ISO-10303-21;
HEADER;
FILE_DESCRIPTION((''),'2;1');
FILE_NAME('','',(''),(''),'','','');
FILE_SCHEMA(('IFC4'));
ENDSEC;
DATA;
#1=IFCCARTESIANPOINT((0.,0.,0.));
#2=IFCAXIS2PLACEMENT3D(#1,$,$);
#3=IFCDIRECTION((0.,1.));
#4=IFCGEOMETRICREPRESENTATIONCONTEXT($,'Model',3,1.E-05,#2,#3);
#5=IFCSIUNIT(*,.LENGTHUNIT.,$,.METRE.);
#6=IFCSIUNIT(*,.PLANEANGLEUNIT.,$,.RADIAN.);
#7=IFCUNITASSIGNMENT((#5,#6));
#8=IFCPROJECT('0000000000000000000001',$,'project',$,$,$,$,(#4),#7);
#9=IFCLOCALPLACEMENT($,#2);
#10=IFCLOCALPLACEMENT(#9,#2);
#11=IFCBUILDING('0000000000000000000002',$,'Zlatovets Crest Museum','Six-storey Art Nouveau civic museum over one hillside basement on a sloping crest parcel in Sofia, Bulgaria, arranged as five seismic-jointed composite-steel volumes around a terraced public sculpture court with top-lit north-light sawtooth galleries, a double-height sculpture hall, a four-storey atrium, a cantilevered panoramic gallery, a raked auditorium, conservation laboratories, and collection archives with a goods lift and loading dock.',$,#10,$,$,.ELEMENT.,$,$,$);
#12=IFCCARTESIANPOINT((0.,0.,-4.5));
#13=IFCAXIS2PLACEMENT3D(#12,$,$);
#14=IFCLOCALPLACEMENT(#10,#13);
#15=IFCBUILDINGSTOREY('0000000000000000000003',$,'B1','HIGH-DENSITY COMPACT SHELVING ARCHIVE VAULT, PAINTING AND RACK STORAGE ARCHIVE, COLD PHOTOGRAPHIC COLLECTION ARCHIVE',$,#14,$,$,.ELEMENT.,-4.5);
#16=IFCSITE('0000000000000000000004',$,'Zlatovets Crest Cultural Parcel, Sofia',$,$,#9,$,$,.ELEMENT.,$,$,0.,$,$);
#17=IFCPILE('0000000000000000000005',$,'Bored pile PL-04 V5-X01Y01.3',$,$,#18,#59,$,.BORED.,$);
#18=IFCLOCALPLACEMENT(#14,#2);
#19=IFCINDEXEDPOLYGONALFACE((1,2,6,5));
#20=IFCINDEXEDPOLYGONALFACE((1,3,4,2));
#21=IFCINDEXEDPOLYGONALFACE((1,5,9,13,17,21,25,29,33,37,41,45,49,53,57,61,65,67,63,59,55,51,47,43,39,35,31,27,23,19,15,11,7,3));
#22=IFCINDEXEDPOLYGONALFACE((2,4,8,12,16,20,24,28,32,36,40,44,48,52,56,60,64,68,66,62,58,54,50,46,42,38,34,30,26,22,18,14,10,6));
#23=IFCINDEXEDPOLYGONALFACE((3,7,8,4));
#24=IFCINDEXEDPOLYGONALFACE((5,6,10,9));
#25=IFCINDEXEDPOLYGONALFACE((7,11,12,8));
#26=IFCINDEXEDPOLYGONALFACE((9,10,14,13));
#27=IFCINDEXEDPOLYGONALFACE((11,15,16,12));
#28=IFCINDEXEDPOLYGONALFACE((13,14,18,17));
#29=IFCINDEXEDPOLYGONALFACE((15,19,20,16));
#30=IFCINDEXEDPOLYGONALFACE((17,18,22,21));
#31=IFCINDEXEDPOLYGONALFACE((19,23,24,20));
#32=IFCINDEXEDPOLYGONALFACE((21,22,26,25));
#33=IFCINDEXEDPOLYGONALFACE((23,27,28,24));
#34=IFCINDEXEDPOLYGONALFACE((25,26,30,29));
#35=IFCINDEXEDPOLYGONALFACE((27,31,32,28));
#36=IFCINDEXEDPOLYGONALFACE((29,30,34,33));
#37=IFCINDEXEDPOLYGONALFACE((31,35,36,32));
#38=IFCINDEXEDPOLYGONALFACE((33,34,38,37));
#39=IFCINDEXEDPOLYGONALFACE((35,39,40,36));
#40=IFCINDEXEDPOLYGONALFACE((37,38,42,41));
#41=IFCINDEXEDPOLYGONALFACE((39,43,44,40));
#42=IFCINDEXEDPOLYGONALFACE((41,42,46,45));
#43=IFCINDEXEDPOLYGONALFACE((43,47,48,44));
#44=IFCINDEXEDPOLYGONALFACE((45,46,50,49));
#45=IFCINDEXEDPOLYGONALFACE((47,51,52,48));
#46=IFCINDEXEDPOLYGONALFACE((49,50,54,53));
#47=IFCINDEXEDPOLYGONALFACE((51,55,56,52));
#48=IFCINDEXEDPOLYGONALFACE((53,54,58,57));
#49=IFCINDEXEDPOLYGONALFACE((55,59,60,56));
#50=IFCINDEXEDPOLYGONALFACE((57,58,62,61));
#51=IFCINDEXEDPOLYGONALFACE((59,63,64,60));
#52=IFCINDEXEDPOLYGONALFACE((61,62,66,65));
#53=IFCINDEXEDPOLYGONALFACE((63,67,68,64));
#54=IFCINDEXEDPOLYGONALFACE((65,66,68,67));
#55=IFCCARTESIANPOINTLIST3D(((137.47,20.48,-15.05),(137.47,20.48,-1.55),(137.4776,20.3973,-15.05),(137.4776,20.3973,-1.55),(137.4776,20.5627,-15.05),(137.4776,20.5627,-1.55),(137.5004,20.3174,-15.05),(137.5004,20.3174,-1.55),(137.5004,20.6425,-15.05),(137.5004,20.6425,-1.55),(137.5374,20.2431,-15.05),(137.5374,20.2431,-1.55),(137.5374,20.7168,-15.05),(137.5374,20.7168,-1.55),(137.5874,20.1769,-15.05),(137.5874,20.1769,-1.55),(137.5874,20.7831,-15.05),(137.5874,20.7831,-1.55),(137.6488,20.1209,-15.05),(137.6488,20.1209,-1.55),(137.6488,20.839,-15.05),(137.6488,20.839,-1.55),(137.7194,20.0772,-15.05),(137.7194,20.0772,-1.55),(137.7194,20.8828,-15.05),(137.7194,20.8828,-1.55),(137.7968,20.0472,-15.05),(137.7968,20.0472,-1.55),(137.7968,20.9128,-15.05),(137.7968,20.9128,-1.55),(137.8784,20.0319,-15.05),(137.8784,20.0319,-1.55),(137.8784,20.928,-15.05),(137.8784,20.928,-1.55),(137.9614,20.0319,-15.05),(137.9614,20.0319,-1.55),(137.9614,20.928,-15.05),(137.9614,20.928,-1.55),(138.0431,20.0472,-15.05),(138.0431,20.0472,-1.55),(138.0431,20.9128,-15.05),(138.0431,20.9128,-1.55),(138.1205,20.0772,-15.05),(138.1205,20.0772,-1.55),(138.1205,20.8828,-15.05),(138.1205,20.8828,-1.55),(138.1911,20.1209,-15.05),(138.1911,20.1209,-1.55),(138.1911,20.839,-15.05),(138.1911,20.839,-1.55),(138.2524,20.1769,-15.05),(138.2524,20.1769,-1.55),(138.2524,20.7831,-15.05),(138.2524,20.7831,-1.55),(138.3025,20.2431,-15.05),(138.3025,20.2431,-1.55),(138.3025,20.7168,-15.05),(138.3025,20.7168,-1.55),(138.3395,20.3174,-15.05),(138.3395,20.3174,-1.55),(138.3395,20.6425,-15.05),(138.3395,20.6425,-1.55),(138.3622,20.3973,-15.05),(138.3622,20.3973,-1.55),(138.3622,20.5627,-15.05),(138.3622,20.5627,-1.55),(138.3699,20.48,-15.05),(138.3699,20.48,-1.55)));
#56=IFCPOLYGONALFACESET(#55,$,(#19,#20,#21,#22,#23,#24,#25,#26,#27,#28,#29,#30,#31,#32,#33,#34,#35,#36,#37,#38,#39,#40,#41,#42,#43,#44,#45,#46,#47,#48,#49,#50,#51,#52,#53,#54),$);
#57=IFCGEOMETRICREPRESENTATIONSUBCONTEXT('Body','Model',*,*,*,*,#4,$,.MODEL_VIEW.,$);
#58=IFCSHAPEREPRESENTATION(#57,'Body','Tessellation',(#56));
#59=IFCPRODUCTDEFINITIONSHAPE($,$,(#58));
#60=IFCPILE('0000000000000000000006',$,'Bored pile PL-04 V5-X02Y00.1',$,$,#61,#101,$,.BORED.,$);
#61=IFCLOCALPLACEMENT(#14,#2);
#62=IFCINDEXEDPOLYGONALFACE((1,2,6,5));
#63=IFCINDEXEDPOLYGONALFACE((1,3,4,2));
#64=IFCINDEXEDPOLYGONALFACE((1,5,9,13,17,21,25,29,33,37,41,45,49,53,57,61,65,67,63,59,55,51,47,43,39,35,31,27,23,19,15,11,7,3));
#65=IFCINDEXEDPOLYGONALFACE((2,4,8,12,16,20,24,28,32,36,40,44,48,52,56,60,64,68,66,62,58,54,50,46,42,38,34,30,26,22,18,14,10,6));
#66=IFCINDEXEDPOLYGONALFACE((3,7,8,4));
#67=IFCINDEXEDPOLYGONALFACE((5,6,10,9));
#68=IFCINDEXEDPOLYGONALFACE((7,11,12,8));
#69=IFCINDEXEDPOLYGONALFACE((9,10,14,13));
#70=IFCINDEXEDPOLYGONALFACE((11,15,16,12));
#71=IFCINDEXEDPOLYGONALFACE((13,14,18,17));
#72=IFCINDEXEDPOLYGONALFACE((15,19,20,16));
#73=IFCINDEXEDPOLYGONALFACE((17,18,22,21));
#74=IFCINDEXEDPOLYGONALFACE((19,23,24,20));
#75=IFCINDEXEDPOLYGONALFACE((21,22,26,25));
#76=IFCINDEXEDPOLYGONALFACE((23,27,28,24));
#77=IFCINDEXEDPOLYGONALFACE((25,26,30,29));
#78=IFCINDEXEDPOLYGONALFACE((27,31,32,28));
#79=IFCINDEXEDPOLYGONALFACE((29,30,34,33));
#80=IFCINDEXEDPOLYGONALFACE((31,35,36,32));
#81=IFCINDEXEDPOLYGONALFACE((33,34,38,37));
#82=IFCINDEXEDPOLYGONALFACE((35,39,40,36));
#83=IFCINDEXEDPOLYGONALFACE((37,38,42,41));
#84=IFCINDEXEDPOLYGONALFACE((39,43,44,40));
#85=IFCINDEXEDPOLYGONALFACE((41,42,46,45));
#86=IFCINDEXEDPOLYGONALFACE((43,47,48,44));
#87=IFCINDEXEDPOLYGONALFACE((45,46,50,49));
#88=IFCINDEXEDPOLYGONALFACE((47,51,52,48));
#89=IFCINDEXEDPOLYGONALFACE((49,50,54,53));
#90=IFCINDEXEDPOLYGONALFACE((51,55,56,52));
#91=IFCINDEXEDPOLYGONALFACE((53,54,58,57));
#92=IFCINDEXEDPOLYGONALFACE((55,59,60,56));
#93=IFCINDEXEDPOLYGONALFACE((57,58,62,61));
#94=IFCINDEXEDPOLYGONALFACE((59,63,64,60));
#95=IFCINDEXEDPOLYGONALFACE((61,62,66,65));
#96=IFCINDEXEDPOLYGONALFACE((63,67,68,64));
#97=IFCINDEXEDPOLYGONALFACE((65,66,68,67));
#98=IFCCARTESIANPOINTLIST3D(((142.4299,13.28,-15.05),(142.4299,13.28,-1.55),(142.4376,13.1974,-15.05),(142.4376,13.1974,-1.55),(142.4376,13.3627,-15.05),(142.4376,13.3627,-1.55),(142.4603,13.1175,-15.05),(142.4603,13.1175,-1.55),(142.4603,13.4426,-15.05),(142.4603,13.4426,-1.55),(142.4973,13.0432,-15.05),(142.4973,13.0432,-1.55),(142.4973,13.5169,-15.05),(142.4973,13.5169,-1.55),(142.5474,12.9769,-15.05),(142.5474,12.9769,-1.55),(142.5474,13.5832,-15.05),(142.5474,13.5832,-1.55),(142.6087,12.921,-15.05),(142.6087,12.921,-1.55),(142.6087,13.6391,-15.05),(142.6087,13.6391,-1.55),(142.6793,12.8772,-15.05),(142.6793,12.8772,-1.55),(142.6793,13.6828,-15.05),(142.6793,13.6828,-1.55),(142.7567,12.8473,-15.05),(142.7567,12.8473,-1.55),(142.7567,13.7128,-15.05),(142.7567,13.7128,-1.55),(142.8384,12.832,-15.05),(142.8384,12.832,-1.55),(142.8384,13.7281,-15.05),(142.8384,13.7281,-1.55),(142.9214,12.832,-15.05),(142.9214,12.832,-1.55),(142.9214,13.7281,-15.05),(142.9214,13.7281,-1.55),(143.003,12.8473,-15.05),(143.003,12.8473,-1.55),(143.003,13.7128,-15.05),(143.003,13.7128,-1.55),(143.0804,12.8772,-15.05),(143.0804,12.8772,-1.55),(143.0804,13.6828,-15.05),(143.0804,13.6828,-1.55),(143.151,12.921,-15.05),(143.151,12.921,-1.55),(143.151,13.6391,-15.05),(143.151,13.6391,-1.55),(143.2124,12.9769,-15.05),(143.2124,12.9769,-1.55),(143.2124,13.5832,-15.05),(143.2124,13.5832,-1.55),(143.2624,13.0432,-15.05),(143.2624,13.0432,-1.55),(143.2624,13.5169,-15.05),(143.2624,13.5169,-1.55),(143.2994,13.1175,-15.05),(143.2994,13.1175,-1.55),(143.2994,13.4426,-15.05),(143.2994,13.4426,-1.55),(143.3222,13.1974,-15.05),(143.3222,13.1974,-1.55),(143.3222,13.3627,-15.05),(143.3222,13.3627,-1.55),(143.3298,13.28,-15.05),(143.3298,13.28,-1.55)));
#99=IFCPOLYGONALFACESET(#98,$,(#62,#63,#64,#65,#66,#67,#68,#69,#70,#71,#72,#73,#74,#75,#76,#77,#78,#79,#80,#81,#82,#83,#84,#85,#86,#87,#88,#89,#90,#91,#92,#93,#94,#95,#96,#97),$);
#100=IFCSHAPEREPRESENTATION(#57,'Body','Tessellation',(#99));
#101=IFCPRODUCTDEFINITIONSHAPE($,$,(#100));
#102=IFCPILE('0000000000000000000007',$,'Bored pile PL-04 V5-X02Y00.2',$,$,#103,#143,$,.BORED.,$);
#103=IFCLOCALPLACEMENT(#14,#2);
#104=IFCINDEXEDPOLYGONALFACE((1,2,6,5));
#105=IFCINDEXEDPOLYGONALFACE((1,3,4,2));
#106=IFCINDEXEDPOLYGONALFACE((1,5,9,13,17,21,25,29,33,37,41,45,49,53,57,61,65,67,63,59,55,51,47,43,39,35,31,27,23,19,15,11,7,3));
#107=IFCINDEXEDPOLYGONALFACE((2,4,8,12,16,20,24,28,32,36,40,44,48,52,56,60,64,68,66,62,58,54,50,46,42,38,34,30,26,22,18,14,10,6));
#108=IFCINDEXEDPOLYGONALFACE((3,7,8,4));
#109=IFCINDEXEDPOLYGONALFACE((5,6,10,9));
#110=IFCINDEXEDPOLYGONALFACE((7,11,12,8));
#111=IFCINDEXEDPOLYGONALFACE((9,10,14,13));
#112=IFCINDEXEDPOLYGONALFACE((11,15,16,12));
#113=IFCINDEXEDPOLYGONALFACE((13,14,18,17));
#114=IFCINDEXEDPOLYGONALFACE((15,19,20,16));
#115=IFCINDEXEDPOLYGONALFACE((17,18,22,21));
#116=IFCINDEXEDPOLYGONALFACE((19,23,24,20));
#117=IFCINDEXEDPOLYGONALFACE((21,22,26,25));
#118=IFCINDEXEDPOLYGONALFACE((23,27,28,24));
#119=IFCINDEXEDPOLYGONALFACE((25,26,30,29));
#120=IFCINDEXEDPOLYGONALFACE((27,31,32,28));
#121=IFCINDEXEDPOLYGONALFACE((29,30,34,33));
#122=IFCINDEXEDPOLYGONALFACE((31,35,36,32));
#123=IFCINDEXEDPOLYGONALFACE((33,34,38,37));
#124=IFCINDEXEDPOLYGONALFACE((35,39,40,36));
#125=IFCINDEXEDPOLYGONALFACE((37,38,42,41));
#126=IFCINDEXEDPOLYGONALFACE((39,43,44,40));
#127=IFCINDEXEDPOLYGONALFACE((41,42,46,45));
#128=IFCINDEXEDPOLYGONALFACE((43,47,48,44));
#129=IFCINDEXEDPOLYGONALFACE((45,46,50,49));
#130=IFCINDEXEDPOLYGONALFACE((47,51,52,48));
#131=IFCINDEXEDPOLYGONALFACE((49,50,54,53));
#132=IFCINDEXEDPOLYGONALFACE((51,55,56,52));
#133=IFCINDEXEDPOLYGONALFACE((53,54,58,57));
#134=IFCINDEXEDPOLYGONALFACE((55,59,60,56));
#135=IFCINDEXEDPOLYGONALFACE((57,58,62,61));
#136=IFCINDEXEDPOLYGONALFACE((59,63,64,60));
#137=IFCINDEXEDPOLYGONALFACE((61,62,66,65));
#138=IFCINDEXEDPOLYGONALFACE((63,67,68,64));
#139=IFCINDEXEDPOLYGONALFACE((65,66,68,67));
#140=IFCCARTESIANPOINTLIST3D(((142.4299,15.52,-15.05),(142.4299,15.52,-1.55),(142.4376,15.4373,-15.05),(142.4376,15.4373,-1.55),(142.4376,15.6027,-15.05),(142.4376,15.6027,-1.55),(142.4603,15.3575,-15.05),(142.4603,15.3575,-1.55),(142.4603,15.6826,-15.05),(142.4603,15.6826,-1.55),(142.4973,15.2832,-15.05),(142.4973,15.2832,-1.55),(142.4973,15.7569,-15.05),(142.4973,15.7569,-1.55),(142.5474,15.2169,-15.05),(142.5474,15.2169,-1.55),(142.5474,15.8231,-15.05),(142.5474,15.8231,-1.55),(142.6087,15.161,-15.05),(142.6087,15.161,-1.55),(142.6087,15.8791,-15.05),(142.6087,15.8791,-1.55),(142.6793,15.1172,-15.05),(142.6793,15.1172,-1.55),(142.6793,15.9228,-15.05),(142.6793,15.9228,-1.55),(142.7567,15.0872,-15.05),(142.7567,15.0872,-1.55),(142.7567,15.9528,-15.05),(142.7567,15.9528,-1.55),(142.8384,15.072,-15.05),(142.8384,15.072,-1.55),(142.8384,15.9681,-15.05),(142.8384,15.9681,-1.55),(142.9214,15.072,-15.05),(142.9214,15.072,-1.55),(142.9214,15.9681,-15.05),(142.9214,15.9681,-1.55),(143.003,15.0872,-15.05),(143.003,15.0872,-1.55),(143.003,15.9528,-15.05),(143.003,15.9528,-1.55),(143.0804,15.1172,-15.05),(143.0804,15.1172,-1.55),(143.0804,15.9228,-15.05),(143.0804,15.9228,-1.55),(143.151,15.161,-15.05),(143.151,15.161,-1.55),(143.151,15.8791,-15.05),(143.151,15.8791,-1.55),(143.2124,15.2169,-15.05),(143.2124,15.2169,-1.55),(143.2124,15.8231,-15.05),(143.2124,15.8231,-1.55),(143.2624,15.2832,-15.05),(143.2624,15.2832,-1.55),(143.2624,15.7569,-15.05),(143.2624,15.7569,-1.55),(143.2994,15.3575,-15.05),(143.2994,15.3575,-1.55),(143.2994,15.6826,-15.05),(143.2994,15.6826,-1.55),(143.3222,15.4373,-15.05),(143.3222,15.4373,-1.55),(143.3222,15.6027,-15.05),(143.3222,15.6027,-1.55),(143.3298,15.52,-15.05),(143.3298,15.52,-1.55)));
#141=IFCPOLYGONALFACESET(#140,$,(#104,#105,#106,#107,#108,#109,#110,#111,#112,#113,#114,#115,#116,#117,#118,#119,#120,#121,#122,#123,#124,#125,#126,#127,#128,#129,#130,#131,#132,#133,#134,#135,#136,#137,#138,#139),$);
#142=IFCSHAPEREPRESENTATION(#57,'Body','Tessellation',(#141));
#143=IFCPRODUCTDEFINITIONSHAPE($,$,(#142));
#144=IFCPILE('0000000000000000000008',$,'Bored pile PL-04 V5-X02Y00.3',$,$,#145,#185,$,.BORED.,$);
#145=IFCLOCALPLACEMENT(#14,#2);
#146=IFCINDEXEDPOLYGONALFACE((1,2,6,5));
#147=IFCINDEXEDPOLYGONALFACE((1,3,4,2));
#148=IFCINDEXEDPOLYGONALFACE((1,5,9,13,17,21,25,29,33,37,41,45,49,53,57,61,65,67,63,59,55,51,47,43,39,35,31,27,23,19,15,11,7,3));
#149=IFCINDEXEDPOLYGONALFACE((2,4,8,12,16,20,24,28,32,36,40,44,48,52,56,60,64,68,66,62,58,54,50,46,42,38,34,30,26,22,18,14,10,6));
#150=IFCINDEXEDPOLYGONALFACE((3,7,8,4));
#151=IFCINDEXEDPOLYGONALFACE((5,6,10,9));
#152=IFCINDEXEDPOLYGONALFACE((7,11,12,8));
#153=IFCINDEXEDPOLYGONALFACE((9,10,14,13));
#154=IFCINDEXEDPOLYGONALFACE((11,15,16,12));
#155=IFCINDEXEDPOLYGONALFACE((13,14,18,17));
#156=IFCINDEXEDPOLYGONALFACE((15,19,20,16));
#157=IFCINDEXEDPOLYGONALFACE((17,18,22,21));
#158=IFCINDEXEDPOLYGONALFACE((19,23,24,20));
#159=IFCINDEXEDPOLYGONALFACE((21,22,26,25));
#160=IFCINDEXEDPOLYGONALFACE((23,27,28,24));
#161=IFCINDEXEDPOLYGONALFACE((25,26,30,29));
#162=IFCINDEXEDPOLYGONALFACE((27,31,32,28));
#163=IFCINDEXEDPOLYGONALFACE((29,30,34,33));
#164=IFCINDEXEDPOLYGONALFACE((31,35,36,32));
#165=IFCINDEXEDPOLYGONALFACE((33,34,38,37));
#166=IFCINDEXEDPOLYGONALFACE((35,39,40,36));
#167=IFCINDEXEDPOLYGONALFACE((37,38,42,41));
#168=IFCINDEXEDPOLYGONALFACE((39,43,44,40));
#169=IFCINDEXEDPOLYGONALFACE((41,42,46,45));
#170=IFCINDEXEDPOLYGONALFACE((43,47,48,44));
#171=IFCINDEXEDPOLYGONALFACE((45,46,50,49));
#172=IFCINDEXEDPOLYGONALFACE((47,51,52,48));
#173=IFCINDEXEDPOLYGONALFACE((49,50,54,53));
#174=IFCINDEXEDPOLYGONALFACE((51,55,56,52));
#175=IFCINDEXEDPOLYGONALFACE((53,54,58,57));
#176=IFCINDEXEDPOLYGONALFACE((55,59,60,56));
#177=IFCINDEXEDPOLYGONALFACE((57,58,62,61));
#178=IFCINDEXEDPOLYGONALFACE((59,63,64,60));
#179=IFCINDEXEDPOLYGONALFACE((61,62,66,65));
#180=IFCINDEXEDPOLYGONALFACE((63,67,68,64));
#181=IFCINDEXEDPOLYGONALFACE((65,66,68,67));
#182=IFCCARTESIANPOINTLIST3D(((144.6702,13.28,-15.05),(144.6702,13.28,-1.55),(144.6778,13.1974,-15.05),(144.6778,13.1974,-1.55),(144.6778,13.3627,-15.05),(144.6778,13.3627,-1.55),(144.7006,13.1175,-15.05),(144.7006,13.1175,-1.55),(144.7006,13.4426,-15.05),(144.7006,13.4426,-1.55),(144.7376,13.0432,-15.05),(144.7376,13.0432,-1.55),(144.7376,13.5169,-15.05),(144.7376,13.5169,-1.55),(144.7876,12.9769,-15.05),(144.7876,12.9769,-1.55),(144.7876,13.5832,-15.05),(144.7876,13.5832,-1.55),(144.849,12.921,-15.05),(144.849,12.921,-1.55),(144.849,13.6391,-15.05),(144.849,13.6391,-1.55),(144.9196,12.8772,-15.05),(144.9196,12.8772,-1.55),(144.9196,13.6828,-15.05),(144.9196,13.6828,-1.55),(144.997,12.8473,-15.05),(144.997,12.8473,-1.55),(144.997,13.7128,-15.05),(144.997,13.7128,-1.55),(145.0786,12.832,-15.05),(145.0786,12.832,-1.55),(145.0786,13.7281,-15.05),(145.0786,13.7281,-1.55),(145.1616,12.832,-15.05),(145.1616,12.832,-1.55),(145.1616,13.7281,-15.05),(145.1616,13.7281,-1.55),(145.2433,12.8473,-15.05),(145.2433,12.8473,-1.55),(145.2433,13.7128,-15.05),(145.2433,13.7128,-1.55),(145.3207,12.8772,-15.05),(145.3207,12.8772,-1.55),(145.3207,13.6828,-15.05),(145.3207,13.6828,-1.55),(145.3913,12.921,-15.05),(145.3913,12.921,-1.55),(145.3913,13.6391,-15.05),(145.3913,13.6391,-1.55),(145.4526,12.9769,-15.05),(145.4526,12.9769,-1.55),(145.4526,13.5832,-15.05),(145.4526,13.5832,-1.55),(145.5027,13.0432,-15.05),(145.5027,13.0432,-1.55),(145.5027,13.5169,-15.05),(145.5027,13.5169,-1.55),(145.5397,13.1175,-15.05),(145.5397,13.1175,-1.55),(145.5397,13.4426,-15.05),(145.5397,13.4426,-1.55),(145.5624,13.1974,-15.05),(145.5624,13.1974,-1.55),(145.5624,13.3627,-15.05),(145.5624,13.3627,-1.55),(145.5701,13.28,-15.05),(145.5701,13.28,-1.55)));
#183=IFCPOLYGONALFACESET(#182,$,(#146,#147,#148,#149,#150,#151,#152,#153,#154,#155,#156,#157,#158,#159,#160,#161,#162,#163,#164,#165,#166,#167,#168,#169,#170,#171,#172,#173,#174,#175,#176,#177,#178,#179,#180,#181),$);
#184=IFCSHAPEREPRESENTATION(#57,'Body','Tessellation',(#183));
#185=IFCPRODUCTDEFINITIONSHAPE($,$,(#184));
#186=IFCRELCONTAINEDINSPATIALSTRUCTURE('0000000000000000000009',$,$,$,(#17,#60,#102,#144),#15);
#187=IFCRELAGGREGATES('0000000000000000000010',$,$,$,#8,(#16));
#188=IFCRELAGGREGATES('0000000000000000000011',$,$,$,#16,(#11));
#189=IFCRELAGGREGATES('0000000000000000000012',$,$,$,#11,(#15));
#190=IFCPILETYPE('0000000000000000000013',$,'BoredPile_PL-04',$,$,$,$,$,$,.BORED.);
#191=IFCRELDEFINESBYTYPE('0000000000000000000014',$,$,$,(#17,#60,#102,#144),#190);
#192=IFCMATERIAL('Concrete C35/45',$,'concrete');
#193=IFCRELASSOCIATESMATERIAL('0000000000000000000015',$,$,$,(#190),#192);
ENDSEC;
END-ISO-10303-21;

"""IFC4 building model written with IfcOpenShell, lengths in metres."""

from ifc_helpers import new_model, si_unit, direction, frame, origin, origin_2d, place, context, subcontext, project, spatial, circle, extrude, material, material_profile, profile_set, type_object, element, save


model = new_model("IFC4")

# Units and contexts
model_context = context("Model", 3, precision=1e-05, world=origin(), true_north=direction((0.0, 1.0)))
body_context = subcontext(model_context, "Body", "Model", "MODEL_VIEW")
ifc_project = project(units=[si_unit("LENGTHUNIT", "METRE"), si_unit("PLANEANGLEUNIT", "RADIAN")], contexts=[model_context])

# Site, building, storey
site_placement = place(None, origin())
site = spatial("IfcSite", under=ifc_project, at=site_placement, Name="Zlatovets Crest Cultural Parcel, Sofia", CompositionType="ELEMENT", RefElevation=0.0)
building_placement = place(site_placement, origin())
building = spatial("IfcBuilding", under=site, at=building_placement, Name="Zlatovets Crest Museum", Description="Six-storey Art Nouveau civic museum over one hillside basement on a sloping crest parcel in Sofia, Bulgaria, arranged as five seismic-jointed composite-steel volumes around a terraced public sculpture court with top-lit north-light sawtooth galleries, a double-height sculpture hall, a four-storey atrium, a cantilevered panoramic gallery, a raked auditorium, conservation laboratories, and collection archives with a goods lift and loading dock.", CompositionType="ELEMENT")
storey_placement = place(building_placement, frame((0.0, 0.0, -4.5)))
storey = spatial("IfcBuildingStorey", under=building, at=storey_placement, Name="B1", Description="HIGH-DENSITY COMPACT SHELVING ARCHIVE VAULT, PAINTING AND RACK STORAGE ARCHIVE, COLD PHOTOGRAPHIC COLLECTION ARCHIVE", CompositionType="ELEMENT", Elevation=-4.5)

# Piles
ifc_material_1 = material(Name="Concrete C35/45", Category="concrete")
ifc_material_profile_1 = material_profile(ifc_material_1, circle(Radius=0.45, at=origin_2d()), Name="PILE D900")
ifc_profile_set_1 = profile_set([ifc_material_profile_1], Name="Concrete C35/45")
pile_type = type_object("IfcPileType", Name="BoredPile_PL-04", PredefinedType="BORED", material=ifc_profile_set_1)
for number, where, z_axis, x_axis, name in (
    (1, (137.9199, 20.48, -1.55), (0.0, 0.0, -1.0), (1.0, 0.0, 0.0), "Bored pile PL-04 V5-X01Y01.3"),
    (2, (142.8799, 13.28, -1.55), (0.0, 0.0, -1.0), (1.0, 0.0, 0.0), "Bored pile PL-04 V5-X02Y00.1"),
    (3, (142.8799, 15.52, -1.55), (0.0, 0.0, -1.0), (1.0, 0.0, 0.0), "Bored pile PL-04 V5-X02Y00.2"),
    (4, (145.1201, 13.28, -1.55), (0.0, 0.0, -1.0), (1.0, 0.0, 0.0), "Bored pile PL-04 V5-X02Y00.3"),
):
    element("IfcPile", number, at=place(storey_placement, frame(where, z_axis=z_axis, x_axis=x_axis)), inside=storey, type_object=pile_type, Name=name, PredefinedType="BORED", context=body_context, shape_type="SweptSolid", body=[
        extrude(circle(Radius=0.45, at=origin_2d()), origin(), (0.0, 0.0, 1.0), 13.5),
    ])

save(model, "model.ifc")
